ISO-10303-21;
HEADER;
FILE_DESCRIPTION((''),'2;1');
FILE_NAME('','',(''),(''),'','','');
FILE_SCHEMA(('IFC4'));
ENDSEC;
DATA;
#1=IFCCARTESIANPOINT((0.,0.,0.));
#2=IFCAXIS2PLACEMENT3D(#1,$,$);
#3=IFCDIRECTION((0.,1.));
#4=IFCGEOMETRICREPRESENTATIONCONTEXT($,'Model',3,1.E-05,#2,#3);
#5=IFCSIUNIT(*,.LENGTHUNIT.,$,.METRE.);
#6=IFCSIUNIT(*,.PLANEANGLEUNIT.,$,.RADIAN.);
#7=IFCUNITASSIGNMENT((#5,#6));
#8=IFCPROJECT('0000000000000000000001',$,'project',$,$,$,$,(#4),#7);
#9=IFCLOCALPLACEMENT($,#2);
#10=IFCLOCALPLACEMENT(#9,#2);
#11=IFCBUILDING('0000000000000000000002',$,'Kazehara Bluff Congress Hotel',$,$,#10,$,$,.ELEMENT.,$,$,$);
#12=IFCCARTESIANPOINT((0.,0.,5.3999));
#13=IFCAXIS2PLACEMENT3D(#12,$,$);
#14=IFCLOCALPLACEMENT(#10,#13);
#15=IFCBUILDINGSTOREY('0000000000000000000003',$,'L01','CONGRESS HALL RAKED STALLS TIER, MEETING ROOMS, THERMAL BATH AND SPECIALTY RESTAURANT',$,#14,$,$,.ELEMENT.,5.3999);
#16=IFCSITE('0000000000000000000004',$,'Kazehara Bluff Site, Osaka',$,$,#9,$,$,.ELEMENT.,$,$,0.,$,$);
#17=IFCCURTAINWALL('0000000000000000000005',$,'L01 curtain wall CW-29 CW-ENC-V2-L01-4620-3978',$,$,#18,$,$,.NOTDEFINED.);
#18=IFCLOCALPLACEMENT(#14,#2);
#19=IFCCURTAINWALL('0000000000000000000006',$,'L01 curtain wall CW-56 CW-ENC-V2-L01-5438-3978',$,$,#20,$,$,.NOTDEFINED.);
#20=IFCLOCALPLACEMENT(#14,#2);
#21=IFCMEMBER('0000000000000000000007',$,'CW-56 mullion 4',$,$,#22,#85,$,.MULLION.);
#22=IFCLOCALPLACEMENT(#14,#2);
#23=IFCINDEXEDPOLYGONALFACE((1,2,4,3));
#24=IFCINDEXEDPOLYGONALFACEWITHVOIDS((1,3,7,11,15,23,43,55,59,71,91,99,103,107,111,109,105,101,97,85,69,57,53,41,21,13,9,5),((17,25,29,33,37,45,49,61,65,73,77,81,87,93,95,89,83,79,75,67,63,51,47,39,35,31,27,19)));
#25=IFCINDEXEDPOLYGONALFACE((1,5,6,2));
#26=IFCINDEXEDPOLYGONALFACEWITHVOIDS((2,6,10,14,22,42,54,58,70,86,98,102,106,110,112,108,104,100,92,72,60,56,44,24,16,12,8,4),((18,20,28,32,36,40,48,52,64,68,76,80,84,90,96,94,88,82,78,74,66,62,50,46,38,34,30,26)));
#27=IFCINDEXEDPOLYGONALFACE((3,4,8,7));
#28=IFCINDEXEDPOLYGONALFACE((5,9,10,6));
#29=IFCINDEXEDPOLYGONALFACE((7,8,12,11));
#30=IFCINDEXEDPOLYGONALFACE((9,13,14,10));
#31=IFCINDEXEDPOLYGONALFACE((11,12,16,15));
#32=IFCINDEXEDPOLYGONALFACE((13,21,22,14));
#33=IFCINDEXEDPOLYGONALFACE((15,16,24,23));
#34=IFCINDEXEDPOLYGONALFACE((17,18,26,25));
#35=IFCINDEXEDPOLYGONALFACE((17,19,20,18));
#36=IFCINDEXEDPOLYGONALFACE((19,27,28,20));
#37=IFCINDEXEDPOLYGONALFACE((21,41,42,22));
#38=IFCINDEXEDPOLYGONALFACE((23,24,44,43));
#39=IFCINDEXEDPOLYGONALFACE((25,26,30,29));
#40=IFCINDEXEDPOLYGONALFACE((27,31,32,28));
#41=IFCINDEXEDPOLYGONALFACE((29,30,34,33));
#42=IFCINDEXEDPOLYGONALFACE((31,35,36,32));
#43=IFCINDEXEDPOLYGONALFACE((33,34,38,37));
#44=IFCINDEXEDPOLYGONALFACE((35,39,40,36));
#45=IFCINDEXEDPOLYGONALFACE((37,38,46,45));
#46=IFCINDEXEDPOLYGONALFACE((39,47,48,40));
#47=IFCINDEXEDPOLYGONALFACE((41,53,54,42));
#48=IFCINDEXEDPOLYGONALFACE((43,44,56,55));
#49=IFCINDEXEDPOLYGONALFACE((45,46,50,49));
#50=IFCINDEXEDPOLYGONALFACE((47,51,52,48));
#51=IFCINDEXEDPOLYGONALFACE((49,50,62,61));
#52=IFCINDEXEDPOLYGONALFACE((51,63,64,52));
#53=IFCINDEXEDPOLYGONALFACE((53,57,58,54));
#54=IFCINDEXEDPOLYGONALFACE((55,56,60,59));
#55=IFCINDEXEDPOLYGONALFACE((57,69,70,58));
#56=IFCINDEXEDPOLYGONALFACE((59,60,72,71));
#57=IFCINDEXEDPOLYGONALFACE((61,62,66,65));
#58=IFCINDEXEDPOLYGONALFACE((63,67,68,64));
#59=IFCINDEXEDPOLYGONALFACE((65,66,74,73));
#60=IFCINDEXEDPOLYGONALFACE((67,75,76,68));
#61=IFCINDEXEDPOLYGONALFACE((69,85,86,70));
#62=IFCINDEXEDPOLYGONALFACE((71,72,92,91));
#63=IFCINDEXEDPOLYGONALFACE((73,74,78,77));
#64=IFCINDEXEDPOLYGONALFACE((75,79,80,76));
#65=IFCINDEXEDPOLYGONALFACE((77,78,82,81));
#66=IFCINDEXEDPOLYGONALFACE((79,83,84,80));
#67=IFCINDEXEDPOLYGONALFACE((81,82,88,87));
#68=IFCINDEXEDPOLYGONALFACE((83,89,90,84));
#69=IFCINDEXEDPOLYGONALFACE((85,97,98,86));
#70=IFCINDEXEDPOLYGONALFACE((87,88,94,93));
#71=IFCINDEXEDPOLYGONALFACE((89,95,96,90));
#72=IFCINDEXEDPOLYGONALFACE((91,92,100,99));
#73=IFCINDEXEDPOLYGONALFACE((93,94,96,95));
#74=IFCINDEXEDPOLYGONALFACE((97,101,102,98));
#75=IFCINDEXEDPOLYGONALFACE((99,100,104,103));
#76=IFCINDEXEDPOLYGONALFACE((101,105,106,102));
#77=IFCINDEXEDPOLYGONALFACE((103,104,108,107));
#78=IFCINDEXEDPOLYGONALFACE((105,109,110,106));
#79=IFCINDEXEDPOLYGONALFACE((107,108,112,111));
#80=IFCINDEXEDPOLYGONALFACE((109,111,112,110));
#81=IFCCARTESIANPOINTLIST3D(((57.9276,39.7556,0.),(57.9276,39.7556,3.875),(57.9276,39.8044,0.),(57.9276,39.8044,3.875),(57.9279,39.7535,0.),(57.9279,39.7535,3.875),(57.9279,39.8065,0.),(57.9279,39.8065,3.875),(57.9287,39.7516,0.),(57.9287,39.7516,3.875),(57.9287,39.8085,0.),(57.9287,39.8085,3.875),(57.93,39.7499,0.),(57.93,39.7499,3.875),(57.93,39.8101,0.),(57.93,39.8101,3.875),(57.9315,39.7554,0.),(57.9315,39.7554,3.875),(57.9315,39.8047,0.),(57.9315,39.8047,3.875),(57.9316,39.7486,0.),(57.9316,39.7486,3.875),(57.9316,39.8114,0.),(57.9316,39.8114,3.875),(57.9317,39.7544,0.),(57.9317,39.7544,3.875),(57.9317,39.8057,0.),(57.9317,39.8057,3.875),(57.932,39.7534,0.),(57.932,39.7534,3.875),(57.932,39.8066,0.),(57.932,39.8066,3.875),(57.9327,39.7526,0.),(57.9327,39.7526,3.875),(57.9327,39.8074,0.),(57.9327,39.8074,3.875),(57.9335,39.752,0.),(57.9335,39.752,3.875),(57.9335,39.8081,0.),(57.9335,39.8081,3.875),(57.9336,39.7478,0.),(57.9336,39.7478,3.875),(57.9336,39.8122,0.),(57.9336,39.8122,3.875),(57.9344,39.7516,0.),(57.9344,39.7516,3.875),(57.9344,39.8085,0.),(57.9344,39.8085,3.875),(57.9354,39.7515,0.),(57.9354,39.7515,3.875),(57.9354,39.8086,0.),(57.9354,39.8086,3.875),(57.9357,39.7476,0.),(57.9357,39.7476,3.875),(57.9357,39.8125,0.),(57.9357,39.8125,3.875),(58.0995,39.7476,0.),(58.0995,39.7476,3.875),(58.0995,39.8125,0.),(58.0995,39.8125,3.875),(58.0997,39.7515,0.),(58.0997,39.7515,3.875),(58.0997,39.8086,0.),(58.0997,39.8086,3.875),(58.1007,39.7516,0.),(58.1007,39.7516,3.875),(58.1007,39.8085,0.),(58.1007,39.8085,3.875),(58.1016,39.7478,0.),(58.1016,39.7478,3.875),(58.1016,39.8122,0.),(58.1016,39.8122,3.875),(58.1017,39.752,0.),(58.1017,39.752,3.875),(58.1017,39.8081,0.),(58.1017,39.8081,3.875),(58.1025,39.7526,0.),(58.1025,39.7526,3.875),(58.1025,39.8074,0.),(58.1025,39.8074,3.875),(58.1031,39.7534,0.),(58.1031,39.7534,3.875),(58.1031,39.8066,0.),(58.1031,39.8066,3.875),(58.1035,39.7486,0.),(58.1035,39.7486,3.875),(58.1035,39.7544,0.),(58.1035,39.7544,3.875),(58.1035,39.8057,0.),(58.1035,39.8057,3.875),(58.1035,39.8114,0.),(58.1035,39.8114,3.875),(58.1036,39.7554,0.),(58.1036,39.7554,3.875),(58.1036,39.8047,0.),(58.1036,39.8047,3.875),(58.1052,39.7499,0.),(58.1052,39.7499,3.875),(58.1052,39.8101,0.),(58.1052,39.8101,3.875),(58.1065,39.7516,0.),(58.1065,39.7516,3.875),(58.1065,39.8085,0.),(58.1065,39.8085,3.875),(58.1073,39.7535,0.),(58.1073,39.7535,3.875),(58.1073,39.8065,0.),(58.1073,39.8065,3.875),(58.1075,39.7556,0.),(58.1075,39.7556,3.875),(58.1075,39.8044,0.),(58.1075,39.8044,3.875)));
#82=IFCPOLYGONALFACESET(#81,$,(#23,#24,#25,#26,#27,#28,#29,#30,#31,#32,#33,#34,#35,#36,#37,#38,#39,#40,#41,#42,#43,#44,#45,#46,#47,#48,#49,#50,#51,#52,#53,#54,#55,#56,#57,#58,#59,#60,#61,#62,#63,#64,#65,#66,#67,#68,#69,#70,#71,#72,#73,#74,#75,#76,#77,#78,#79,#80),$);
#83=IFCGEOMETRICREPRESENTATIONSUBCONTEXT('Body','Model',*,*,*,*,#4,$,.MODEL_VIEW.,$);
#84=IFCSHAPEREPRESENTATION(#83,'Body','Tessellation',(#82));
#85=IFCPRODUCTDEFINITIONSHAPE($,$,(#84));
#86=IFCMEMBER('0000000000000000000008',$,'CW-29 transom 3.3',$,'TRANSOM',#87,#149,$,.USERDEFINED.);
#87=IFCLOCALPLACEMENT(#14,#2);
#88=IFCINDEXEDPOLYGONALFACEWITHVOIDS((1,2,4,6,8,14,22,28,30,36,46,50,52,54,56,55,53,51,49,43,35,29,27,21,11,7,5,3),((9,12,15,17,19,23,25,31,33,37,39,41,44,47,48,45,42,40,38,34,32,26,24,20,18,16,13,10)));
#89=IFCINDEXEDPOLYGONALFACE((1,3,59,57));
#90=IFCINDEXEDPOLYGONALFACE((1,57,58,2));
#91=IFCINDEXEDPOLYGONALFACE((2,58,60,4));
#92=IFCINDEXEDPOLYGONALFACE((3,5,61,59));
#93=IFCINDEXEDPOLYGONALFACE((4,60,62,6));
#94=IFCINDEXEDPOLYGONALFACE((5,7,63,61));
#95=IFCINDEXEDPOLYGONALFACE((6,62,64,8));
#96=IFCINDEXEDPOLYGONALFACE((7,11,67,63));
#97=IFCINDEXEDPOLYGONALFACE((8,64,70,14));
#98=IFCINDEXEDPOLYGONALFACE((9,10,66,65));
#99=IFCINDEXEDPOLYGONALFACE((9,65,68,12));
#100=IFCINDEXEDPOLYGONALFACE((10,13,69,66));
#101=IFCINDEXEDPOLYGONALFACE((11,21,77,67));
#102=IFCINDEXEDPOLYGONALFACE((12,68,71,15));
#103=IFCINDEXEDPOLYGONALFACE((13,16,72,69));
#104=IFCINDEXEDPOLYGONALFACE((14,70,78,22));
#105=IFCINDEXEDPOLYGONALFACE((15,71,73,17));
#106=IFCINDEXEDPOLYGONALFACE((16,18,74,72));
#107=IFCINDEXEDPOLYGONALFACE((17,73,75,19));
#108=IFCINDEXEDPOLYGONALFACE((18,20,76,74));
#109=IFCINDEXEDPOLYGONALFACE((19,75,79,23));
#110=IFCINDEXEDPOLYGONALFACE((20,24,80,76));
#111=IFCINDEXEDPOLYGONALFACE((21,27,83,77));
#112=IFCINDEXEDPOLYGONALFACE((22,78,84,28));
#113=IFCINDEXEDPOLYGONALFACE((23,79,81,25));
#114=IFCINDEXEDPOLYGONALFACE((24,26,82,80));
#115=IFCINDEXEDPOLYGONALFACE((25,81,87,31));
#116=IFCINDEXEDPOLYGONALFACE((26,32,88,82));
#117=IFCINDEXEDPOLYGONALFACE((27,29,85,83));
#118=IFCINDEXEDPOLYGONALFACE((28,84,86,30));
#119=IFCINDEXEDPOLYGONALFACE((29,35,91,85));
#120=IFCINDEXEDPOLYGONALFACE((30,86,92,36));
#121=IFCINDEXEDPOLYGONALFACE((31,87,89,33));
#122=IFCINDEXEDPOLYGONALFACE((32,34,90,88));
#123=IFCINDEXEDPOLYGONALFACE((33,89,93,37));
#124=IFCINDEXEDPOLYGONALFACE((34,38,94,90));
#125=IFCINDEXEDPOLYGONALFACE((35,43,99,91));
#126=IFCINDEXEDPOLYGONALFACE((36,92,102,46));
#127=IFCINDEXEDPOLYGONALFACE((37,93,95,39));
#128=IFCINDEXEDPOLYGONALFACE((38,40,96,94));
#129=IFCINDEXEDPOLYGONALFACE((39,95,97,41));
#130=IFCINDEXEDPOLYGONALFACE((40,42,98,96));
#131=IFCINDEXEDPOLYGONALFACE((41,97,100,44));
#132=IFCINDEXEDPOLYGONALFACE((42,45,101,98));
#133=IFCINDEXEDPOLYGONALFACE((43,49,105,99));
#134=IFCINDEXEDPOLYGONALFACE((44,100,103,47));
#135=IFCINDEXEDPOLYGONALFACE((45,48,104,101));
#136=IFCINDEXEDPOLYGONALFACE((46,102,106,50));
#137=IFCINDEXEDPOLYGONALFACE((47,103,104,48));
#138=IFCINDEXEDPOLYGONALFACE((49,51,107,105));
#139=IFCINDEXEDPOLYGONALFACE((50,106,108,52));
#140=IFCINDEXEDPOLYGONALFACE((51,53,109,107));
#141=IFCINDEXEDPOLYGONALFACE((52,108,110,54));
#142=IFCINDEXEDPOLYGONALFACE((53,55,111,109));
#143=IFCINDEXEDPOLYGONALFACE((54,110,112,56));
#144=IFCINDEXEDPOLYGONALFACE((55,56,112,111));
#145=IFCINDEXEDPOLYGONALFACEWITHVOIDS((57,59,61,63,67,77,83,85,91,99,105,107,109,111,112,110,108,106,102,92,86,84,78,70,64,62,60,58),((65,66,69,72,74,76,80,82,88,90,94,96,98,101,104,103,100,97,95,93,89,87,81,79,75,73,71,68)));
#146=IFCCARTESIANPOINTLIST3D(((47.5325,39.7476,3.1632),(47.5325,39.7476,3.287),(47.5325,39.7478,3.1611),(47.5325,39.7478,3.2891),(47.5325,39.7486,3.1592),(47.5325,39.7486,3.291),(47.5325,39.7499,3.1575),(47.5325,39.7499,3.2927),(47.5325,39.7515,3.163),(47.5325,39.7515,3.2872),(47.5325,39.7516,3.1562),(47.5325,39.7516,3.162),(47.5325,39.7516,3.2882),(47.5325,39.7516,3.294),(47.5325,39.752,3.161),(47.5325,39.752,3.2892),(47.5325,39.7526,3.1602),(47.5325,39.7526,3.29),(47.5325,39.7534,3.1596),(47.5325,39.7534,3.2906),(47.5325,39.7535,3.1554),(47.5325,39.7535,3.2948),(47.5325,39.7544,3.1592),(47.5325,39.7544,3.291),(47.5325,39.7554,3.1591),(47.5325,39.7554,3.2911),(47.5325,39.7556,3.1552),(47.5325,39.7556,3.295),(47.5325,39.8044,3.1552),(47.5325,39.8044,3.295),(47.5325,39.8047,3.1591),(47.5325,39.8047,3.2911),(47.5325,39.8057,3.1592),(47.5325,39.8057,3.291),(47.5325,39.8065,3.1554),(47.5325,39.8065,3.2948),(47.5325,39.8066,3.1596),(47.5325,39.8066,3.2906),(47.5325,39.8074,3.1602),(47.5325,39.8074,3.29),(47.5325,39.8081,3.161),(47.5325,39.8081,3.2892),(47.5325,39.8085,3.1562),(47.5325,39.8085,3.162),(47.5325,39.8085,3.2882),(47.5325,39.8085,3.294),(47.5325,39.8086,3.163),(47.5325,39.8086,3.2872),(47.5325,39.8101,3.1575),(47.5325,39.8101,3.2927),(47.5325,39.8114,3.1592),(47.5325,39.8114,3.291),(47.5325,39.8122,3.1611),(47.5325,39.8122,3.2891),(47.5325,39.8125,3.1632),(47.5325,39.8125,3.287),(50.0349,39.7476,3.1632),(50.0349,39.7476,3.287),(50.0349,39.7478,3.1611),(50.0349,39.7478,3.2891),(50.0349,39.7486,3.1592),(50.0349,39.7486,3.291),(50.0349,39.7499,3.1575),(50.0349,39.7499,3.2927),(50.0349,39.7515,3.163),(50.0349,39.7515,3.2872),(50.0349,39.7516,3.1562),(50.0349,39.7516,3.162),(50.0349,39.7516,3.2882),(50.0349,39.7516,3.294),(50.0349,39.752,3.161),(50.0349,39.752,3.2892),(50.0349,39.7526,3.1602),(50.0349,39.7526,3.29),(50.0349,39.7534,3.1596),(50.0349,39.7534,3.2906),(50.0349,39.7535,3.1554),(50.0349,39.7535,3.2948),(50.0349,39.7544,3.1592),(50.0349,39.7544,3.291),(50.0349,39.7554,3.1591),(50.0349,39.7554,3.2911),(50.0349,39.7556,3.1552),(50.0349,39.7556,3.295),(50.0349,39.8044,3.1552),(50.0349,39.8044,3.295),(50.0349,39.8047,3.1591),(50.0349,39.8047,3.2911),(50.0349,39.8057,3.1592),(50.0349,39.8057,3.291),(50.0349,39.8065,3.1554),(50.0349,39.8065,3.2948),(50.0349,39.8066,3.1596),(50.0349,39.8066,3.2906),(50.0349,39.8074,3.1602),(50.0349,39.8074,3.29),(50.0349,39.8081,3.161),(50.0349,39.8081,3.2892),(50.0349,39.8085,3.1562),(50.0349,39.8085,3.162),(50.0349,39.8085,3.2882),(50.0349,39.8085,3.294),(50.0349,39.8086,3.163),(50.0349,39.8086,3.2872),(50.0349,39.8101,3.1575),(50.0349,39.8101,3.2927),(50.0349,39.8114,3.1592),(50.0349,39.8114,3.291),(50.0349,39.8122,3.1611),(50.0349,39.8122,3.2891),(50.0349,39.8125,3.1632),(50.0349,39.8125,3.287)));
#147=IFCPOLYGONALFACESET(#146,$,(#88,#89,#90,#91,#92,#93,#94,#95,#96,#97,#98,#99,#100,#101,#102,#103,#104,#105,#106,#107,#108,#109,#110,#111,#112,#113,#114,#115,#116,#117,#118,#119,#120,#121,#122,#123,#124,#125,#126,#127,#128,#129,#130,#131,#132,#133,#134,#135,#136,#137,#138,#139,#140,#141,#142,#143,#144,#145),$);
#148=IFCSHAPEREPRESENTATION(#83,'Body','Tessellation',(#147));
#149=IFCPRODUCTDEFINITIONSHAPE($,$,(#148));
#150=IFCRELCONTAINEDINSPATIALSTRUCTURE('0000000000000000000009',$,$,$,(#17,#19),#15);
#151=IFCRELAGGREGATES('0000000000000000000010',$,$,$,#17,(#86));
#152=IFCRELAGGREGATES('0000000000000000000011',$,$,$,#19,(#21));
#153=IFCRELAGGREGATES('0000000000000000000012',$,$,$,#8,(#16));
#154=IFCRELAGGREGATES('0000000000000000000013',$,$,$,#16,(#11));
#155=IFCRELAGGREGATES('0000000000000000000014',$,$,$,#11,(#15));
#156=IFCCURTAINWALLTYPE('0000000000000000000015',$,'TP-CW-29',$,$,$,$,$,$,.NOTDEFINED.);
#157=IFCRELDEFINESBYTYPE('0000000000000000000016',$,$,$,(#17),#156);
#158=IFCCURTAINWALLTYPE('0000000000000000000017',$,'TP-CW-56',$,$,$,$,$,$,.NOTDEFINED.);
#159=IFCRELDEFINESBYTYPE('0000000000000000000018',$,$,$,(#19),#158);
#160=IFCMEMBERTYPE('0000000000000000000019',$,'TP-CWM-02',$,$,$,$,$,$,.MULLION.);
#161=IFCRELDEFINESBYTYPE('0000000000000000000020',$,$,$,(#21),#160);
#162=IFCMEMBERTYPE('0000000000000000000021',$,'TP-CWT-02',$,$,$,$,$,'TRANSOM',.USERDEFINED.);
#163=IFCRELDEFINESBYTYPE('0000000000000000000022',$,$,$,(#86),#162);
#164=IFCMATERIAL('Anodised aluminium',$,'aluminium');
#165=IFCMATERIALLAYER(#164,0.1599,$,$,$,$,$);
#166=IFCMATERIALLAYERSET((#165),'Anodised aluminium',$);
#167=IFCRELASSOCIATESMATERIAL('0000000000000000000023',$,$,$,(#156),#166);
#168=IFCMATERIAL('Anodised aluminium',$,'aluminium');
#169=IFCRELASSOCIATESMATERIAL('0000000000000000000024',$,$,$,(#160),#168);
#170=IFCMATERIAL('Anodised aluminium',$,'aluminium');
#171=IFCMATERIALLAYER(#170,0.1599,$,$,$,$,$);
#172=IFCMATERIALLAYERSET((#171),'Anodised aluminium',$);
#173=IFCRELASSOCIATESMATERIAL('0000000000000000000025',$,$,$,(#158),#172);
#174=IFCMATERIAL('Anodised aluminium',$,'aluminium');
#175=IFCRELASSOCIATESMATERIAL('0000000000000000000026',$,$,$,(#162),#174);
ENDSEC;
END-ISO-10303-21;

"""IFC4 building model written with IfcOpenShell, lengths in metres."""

from ifc_helpers import new_model, si_unit, direction, frame, origin, origin_2d, place, context, subcontext, project, spatial, hollow_rectangle, extrude, material, layer, layer_set, material_profile, profile_set, type_object, element, aggregate, save


model = new_model("IFC4")

# Units and contexts
model_context = context("Model", 3, precision=1e-05, world=origin(), true_north=direction((0.0, 1.0)))
body_context = subcontext(model_context, "Body", "Model", "MODEL_VIEW")
ifc_project = project(units=[si_unit("LENGTHUNIT", "METRE"), si_unit("PLANEANGLEUNIT", "RADIAN")], contexts=[model_context])

# Site, building, storey
site_placement = place(None, origin())
site = spatial("IfcSite", under=ifc_project, at=site_placement, Name="Kazehara Bluff Site, Osaka", CompositionType="ELEMENT", RefElevation=0.0)
building_placement = place(site_placement, origin())
building = spatial("IfcBuilding", under=site, at=building_placement, Name="Kazehara Bluff Congress Hotel", CompositionType="ELEMENT")
storey_placement = place(building_placement, frame((0.0, 0.0, 5.3999)))
storey = spatial("IfcBuildingStorey", under=building, at=storey_placement, Name="L01", Description="CONGRESS HALL RAKED STALLS TIER, MEETING ROOMS, THERMAL BATH AND SPECIALTY RESTAURANT", CompositionType="ELEMENT", Elevation=5.3999)

# Curtain wall
ifc_material_1 = material(Name="Anodised aluminium", Category="aluminium")
ifc_layer_1 = layer(ifc_material_1, 0.1599)
ifc_layer_set_1 = layer_set([ifc_layer_1], Name="Anodised aluminium")
curtain_wall_type_1 = type_object("IfcCurtainWallType", Name="TP-CW-29", PredefinedType="NOTDEFINED", material=ifc_layer_set_1)
curtain_wall_1_placement = place(storey_placement, origin())
curtain_wall_1 = element("IfcCurtainWall", 1, at=curtain_wall_1_placement, inside=storey, type_object=curtain_wall_type_1, Name="L01 curtain wall CW-29 CW-ENC-V2-L01-4620-3978", PredefinedType="NOTDEFINED")
ifc_material_2 = material(Name="Anodised aluminium", Category="aluminium")
ifc_material_profile_1 = material_profile(ifc_material_2, hollow_rectangle(XDim=0.0649, YDim=0.1799, WallThickness=0.0039, InnerFilletRadius=0.0039, OuterFilletRadius=0.0081, at=origin_2d()))
ifc_profile_set_1 = profile_set([ifc_material_profile_1], Name="Anodised aluminium")
member_type_1 = type_object("IfcMemberType", Name="TP-CWM-02", PredefinedType="MULLION", material=ifc_profile_set_1)

# Curtain wall, member
ifc_material_3 = material(Name="Anodised aluminium", Category="aluminium")
ifc_layer_2 = layer(ifc_material_3, 0.1599)
ifc_layer_set_2 = layer_set([ifc_layer_2], Name="Anodised aluminium")
curtain_wall_type_2 = type_object("IfcCurtainWallType", Name="TP-CW-56", PredefinedType="NOTDEFINED", material=ifc_layer_set_2)
curtain_wall_2_placement = place(storey_placement, origin())
curtain_wall_2 = element("IfcCurtainWall", 2, at=curtain_wall_2_placement, inside=storey, type_object=curtain_wall_type_2, Name="L01 curtain wall CW-56 CW-ENC-V2-L01-5438-3978", PredefinedType="NOTDEFINED")
member_1_placement = place(storey_placement, frame((58.0176, 39.78, 0.0), z_axis=(0.0, 0.0, 1.0), x_axis=(0.0, 1.0, 0.0)))
member_1 = element("IfcMember", 3, at=member_1_placement, type_object=member_type_1, Name="CW-56 mullion 4", PredefinedType="MULLION", context=body_context, shape_type="SweptSolid", body=[
    extrude(hollow_rectangle(XDim=0.0649, YDim=0.1799, WallThickness=0.0039, InnerFilletRadius=0.0039, OuterFilletRadius=0.0081, at=origin_2d()), origin(), (0.0, 0.0, 1.0), 3.875),
])

# Member
ifc_material_4 = material(Name="Anodised aluminium", Category="aluminium")
ifc_material_profile_2 = material_profile(ifc_material_4, hollow_rectangle(XDim=0.0649, YDim=0.1399, WallThickness=0.0039, InnerFilletRadius=0.0039, OuterFilletRadius=0.0081, at=origin_2d()))
ifc_profile_set_2 = profile_set([ifc_material_profile_2], Name="Anodised aluminium")
member_type_2 = type_object("IfcMemberType", Name="TP-CWT-02", ElementType="TRANSOM", PredefinedType="USERDEFINED", material=ifc_profile_set_2)
member_2_placement = place(storey_placement, frame((47.5325, 39.78, 3.2251), z_axis=(1.0, 0.0, 0.0), x_axis=(0.0, 1.0, 0.0)))
member_2 = element("IfcMember", 4, at=member_2_placement, type_object=member_type_2, Name="CW-29 transom 3.3", ObjectType="TRANSOM", PredefinedType="USERDEFINED", context=body_context, shape_type="SweptSolid", body=[
    extrude(hollow_rectangle(XDim=0.0649, YDim=0.1399, WallThickness=0.0039, InnerFilletRadius=0.0039, OuterFilletRadius=0.0081, at=origin_2d()), origin(), (0.0, 0.0, 1.0), 2.5024),
])

aggregate(curtain_wall_1, [member_2])
aggregate(curtain_wall_2, [member_1])

save(model, "model.ifc")
